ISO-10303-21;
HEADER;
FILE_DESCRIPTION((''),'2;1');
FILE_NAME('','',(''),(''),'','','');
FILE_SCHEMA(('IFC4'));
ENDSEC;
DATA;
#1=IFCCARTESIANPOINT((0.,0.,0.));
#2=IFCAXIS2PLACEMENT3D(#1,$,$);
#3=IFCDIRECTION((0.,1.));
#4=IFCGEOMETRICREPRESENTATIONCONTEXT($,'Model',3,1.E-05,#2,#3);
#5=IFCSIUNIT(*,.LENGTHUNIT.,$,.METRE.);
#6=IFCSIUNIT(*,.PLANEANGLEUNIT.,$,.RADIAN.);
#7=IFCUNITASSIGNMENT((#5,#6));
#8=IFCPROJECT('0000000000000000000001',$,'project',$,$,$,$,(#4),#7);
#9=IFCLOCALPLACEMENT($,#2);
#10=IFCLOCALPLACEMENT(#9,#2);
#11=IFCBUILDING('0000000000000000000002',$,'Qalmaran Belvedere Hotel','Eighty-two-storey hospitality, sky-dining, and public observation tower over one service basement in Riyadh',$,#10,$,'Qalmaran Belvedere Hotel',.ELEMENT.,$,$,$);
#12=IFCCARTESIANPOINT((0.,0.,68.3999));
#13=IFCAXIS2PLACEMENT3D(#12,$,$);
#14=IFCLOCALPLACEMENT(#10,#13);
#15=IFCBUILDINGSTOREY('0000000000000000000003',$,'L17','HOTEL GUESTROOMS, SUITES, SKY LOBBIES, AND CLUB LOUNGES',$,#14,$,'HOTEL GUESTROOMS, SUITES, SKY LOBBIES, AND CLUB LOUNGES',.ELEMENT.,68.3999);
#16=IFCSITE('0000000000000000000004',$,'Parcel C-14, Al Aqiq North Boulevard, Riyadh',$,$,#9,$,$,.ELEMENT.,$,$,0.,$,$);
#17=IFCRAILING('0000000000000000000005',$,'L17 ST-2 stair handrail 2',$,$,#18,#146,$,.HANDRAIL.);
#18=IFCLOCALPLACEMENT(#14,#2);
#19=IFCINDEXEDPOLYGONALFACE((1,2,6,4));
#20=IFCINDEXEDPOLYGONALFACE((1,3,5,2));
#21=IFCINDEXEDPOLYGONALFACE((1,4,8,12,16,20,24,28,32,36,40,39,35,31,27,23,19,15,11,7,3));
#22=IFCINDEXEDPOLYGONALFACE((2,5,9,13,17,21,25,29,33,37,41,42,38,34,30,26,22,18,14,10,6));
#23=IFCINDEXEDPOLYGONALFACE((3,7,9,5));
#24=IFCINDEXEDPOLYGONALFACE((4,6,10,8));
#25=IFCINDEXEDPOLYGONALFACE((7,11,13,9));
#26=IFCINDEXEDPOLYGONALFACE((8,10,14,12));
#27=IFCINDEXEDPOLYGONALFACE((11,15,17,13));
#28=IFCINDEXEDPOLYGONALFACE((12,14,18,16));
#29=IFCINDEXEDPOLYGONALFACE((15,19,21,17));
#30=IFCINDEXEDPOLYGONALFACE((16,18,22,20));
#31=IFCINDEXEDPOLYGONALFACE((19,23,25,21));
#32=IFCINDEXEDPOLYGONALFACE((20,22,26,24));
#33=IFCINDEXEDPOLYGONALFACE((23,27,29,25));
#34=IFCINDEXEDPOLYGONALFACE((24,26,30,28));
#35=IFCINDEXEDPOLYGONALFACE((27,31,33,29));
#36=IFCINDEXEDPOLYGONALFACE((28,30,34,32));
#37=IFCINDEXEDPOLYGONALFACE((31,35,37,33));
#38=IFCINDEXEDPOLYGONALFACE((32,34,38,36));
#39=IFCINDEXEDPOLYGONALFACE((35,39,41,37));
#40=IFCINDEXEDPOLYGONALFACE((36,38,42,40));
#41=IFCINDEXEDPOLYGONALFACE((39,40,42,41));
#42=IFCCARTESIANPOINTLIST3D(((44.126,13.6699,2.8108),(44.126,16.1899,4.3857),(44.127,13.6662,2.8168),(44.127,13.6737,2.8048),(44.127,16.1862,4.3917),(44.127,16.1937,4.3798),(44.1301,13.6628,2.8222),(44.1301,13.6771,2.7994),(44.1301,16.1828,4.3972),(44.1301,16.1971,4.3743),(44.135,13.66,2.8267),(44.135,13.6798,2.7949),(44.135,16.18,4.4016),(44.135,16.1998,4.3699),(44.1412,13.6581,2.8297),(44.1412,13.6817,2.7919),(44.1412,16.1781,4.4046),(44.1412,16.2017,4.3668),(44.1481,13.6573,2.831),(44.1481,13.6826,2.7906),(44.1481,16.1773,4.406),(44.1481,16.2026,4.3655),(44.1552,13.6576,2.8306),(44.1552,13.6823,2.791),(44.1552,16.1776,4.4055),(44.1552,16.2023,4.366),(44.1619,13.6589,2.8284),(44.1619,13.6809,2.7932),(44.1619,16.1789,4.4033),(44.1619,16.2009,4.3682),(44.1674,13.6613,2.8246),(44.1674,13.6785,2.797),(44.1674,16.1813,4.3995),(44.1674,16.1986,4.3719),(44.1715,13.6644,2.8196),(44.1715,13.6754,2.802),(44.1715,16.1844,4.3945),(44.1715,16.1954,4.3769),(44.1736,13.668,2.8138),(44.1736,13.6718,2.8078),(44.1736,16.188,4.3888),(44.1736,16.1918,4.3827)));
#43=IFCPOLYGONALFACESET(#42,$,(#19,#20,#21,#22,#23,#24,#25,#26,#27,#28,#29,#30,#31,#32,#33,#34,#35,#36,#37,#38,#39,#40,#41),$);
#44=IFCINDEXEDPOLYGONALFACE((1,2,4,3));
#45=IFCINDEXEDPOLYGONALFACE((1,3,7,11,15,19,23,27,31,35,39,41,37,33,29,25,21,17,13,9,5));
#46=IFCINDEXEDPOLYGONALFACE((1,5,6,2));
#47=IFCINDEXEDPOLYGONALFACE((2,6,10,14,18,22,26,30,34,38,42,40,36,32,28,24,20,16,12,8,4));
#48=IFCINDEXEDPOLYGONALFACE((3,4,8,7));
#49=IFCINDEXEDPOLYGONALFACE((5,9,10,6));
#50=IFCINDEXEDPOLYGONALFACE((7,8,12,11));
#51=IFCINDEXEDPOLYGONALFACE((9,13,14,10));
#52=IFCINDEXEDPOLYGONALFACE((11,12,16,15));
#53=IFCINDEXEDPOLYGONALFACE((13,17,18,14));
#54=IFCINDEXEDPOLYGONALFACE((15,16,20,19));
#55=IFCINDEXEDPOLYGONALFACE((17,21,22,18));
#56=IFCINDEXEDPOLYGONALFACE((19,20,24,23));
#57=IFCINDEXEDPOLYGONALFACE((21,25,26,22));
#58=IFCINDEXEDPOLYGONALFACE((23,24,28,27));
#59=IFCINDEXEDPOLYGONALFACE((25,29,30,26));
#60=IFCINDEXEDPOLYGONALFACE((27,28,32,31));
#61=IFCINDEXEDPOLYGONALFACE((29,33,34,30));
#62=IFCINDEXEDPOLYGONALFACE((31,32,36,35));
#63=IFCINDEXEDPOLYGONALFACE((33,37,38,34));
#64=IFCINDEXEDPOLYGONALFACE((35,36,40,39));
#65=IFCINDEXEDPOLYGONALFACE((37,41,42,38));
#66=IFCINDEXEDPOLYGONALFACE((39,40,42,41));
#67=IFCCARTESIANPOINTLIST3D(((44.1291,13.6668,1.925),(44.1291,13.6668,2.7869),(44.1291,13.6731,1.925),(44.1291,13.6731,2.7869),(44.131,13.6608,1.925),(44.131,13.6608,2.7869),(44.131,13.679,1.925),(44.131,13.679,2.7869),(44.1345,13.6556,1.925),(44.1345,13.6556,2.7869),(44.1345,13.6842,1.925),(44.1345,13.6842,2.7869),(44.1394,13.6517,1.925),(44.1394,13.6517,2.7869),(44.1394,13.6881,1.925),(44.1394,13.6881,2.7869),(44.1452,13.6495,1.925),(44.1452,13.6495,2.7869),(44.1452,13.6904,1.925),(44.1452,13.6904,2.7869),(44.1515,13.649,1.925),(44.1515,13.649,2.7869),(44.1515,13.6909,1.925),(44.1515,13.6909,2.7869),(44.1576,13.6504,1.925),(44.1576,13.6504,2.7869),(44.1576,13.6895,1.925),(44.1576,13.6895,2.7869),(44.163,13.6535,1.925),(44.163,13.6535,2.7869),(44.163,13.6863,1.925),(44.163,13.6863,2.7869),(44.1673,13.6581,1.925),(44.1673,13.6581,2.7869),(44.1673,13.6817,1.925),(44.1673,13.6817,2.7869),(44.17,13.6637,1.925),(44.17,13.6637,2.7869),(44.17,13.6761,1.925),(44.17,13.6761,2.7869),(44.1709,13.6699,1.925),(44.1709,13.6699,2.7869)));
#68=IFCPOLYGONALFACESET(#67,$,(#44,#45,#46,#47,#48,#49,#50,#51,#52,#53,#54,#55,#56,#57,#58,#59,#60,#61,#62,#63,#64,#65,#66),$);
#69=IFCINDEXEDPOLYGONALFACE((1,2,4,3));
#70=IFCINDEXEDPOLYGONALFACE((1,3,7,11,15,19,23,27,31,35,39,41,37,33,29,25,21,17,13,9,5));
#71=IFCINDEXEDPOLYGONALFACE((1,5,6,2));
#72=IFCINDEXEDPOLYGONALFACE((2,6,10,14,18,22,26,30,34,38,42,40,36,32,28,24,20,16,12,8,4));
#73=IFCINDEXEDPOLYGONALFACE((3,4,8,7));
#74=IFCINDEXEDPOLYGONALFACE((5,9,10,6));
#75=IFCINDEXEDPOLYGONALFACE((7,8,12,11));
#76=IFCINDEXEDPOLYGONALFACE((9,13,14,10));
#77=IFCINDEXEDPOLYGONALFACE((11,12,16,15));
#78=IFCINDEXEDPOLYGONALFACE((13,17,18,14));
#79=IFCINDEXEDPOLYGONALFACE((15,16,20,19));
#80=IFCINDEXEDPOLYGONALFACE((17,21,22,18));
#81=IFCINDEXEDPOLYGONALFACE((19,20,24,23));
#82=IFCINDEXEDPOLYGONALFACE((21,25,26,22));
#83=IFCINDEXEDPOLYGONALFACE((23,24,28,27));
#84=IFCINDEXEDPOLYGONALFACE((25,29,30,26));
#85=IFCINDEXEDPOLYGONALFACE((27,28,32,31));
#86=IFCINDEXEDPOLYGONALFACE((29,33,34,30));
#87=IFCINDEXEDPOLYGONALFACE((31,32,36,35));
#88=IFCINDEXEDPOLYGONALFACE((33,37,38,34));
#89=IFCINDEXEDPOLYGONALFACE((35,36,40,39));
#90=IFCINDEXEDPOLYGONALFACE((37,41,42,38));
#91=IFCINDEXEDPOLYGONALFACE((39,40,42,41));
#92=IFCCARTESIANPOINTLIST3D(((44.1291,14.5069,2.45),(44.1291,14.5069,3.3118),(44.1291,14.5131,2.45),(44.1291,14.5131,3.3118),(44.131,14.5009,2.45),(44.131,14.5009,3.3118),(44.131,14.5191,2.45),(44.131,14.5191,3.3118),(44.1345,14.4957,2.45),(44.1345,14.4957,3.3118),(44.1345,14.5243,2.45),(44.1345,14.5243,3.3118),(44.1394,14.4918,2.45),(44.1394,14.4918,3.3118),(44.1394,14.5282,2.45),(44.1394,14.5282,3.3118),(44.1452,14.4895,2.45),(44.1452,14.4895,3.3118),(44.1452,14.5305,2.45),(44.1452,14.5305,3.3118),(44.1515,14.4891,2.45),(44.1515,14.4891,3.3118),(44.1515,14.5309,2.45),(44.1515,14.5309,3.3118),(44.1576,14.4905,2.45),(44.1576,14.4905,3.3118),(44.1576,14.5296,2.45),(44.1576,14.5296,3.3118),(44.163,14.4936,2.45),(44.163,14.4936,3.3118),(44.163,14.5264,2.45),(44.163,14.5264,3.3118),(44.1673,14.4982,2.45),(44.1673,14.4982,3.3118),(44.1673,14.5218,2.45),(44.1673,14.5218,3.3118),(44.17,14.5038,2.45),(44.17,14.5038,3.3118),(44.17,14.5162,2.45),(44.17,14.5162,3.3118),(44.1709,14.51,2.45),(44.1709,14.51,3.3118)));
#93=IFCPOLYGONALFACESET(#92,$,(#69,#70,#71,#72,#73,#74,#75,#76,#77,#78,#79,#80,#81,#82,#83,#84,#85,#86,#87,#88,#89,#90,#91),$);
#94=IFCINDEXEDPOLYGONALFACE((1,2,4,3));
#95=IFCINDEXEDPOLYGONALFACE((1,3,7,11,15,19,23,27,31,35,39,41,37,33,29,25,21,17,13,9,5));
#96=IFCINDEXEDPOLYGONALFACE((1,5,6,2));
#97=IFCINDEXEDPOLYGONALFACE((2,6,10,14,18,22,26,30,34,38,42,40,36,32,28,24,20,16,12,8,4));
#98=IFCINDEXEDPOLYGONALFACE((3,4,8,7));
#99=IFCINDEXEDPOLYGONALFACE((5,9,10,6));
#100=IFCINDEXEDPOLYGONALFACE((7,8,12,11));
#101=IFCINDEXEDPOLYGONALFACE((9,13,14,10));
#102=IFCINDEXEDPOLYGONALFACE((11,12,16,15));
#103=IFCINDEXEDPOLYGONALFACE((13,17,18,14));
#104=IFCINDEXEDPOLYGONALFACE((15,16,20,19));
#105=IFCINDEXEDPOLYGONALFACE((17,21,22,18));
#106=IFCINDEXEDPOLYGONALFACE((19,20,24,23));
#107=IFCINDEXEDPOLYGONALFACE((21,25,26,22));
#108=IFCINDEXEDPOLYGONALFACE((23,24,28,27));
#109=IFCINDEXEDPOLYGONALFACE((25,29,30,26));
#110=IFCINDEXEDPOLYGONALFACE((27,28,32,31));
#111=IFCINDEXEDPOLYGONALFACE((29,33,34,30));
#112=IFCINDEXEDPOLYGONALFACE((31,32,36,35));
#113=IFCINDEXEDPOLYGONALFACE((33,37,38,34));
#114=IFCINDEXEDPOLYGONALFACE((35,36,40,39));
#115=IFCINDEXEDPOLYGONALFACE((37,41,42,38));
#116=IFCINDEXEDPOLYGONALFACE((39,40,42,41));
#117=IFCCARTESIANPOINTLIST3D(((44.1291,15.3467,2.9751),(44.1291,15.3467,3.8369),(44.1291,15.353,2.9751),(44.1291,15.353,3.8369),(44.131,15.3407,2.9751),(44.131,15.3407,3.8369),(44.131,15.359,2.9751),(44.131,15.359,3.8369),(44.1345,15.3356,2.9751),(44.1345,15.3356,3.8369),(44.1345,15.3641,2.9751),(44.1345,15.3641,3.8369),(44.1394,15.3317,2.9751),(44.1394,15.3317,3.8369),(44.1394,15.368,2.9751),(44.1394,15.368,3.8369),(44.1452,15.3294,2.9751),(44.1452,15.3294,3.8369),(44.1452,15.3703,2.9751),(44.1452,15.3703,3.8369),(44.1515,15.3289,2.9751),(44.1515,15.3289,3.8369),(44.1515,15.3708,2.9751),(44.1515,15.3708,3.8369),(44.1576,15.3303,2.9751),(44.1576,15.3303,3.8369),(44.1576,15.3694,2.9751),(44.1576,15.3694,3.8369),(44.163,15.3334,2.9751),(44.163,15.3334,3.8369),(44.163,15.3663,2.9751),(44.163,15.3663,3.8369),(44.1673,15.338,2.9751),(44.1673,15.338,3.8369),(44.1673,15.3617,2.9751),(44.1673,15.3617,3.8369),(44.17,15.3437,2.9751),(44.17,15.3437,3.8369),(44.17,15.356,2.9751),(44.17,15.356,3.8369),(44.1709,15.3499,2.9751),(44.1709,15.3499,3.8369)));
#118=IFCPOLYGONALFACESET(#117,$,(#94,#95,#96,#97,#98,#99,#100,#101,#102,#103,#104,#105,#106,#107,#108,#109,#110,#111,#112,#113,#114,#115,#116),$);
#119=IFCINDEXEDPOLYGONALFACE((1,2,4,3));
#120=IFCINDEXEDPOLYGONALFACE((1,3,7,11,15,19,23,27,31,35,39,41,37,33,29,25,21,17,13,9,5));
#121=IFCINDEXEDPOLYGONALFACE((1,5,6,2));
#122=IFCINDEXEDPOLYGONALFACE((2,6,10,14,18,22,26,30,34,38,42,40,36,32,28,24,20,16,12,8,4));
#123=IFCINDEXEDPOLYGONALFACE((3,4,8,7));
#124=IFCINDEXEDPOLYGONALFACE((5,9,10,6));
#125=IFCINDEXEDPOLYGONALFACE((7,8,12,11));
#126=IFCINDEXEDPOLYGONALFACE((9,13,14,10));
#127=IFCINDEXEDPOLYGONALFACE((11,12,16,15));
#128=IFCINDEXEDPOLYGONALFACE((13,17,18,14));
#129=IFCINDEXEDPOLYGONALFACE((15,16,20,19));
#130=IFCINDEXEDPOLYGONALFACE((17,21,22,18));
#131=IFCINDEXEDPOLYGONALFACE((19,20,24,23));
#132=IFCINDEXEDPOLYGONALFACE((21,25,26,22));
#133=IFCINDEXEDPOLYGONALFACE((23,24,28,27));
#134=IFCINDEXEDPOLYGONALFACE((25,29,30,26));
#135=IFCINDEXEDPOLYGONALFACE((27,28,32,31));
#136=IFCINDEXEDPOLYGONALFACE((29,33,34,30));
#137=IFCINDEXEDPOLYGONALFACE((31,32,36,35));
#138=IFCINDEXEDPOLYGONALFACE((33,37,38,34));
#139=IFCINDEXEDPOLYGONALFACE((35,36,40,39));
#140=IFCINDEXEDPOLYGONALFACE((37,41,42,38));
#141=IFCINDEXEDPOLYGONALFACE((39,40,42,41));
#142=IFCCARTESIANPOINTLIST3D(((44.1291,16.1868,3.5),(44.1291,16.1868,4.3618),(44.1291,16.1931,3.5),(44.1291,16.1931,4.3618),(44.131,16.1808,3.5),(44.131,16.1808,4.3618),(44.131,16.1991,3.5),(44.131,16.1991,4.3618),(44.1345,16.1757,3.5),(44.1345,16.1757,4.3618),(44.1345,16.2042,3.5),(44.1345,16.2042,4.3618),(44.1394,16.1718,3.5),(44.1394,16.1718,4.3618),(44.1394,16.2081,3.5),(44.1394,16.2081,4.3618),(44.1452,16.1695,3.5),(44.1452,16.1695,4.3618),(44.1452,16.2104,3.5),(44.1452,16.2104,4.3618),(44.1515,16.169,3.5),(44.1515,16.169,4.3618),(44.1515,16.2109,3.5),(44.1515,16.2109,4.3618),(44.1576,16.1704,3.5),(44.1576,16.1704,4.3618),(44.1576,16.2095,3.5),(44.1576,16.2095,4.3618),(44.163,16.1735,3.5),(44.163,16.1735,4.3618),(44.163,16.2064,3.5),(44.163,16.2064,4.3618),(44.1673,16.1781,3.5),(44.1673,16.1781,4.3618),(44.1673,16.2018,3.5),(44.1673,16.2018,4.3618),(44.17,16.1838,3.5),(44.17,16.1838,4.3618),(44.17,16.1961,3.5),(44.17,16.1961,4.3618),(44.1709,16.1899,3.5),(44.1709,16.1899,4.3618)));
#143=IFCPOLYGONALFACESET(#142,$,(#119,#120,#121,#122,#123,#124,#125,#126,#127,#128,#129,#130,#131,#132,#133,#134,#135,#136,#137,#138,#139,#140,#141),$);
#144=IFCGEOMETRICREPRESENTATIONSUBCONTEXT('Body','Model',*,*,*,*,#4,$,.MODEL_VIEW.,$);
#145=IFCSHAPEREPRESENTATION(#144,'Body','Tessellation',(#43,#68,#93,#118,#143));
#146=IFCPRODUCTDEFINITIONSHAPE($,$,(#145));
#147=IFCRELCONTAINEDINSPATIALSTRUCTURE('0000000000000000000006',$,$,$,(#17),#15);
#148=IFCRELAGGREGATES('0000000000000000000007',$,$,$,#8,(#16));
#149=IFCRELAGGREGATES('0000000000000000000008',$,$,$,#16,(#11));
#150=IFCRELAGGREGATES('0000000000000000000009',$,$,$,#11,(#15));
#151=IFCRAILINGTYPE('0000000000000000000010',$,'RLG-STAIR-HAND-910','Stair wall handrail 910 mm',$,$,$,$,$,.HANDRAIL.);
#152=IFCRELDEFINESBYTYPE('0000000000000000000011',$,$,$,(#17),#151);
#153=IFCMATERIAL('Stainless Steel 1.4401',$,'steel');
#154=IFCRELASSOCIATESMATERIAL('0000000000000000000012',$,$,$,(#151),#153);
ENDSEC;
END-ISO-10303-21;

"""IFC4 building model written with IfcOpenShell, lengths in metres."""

from ifc_helpers import new_model, si_unit, direction, frame, origin, origin_2d, place, context, subcontext, project, spatial, circle, extrude, material, type_object, element, save


model = new_model("IFC4")

# Units and contexts
model_context = context("Model", 3, precision=1e-05, world=origin(), true_north=direction((0.0, 1.0)))
body_context = subcontext(model_context, "Body", "Model", "MODEL_VIEW")
ifc_project = project(units=[si_unit("LENGTHUNIT", "METRE"), si_unit("PLANEANGLEUNIT", "RADIAN")], contexts=[model_context])

# Site, building, storey
site_placement = place(None, origin())
site = spatial("IfcSite", under=ifc_project, at=site_placement, Name="Parcel C-14, Al Aqiq North Boulevard, Riyadh", CompositionType="ELEMENT", RefElevation=0.0)
building_placement = place(site_placement, origin())
building = spatial("IfcBuilding", under=site, at=building_placement, Name="Qalmaran Belvedere Hotel", Description="Eighty-two-storey hospitality, sky-dining, and public observation tower over one service basement in Riyadh", LongName="Qalmaran Belvedere Hotel", CompositionType="ELEMENT")
storey_placement = place(building_placement, frame((0.0, 0.0, 68.3999)))
storey = spatial("IfcBuildingStorey", under=building, at=storey_placement, Name="L17", Description="HOTEL GUESTROOMS, SUITES, SKY LOBBIES, AND CLUB LOUNGES", LongName="HOTEL GUESTROOMS, SUITES, SKY LOBBIES, AND CLUB LOUNGES", CompositionType="ELEMENT", Elevation=68.3999)

# Shared definitions
ifc_material_1 = material(Name="Stainless Steel 1.4401", Category="steel")

# Railing
railing_type_1 = type_object("IfcRailingType", Name="RLG-STAIR-HAND-910", Description="Stair wall handrail 910 mm", PredefinedType="HANDRAIL", material=ifc_material_1)
railing_1_placement = place(storey_placement, frame((44.1499, 13.6699, 1.925)))
element("IfcRailing", 1, at=railing_1_placement, inside=storey, type_object=railing_type_1, Name="L17 ST-2 stair handrail 2", PredefinedType="HANDRAIL", context=body_context, shape_type="SweptSolid", body=[
    extrude(circle(Radius=0.0239, at=origin_2d()), frame((0.0, 0.0, 0.8857), z_axis=(0.0, 0.848008, 0.529984), x_axis=(-1.0, 0.0, 0.0)), (0.0, 0.0, 1.0), 2.9717),
    extrude(circle(Radius=0.021, at=origin_2d()), origin(), (0.0, 0.0, 1.0), 0.8618),
    extrude(circle(Radius=0.021, at=origin_2d()), frame((0.0, 0.8401, 0.5249)), (0.0, 0.0, 1.0), 0.8618),
    extrude(circle(Radius=0.021, at=origin_2d()), frame((0.0, 1.6799, 1.05)), (0.0, 0.0, 1.0), 0.8618),
    extrude(circle(Radius=0.021, at=origin_2d()), frame((0.0, 2.52, 1.575)), (0.0, 0.0, 1.0), 0.8618),
])

save(model, "model.ifc")
